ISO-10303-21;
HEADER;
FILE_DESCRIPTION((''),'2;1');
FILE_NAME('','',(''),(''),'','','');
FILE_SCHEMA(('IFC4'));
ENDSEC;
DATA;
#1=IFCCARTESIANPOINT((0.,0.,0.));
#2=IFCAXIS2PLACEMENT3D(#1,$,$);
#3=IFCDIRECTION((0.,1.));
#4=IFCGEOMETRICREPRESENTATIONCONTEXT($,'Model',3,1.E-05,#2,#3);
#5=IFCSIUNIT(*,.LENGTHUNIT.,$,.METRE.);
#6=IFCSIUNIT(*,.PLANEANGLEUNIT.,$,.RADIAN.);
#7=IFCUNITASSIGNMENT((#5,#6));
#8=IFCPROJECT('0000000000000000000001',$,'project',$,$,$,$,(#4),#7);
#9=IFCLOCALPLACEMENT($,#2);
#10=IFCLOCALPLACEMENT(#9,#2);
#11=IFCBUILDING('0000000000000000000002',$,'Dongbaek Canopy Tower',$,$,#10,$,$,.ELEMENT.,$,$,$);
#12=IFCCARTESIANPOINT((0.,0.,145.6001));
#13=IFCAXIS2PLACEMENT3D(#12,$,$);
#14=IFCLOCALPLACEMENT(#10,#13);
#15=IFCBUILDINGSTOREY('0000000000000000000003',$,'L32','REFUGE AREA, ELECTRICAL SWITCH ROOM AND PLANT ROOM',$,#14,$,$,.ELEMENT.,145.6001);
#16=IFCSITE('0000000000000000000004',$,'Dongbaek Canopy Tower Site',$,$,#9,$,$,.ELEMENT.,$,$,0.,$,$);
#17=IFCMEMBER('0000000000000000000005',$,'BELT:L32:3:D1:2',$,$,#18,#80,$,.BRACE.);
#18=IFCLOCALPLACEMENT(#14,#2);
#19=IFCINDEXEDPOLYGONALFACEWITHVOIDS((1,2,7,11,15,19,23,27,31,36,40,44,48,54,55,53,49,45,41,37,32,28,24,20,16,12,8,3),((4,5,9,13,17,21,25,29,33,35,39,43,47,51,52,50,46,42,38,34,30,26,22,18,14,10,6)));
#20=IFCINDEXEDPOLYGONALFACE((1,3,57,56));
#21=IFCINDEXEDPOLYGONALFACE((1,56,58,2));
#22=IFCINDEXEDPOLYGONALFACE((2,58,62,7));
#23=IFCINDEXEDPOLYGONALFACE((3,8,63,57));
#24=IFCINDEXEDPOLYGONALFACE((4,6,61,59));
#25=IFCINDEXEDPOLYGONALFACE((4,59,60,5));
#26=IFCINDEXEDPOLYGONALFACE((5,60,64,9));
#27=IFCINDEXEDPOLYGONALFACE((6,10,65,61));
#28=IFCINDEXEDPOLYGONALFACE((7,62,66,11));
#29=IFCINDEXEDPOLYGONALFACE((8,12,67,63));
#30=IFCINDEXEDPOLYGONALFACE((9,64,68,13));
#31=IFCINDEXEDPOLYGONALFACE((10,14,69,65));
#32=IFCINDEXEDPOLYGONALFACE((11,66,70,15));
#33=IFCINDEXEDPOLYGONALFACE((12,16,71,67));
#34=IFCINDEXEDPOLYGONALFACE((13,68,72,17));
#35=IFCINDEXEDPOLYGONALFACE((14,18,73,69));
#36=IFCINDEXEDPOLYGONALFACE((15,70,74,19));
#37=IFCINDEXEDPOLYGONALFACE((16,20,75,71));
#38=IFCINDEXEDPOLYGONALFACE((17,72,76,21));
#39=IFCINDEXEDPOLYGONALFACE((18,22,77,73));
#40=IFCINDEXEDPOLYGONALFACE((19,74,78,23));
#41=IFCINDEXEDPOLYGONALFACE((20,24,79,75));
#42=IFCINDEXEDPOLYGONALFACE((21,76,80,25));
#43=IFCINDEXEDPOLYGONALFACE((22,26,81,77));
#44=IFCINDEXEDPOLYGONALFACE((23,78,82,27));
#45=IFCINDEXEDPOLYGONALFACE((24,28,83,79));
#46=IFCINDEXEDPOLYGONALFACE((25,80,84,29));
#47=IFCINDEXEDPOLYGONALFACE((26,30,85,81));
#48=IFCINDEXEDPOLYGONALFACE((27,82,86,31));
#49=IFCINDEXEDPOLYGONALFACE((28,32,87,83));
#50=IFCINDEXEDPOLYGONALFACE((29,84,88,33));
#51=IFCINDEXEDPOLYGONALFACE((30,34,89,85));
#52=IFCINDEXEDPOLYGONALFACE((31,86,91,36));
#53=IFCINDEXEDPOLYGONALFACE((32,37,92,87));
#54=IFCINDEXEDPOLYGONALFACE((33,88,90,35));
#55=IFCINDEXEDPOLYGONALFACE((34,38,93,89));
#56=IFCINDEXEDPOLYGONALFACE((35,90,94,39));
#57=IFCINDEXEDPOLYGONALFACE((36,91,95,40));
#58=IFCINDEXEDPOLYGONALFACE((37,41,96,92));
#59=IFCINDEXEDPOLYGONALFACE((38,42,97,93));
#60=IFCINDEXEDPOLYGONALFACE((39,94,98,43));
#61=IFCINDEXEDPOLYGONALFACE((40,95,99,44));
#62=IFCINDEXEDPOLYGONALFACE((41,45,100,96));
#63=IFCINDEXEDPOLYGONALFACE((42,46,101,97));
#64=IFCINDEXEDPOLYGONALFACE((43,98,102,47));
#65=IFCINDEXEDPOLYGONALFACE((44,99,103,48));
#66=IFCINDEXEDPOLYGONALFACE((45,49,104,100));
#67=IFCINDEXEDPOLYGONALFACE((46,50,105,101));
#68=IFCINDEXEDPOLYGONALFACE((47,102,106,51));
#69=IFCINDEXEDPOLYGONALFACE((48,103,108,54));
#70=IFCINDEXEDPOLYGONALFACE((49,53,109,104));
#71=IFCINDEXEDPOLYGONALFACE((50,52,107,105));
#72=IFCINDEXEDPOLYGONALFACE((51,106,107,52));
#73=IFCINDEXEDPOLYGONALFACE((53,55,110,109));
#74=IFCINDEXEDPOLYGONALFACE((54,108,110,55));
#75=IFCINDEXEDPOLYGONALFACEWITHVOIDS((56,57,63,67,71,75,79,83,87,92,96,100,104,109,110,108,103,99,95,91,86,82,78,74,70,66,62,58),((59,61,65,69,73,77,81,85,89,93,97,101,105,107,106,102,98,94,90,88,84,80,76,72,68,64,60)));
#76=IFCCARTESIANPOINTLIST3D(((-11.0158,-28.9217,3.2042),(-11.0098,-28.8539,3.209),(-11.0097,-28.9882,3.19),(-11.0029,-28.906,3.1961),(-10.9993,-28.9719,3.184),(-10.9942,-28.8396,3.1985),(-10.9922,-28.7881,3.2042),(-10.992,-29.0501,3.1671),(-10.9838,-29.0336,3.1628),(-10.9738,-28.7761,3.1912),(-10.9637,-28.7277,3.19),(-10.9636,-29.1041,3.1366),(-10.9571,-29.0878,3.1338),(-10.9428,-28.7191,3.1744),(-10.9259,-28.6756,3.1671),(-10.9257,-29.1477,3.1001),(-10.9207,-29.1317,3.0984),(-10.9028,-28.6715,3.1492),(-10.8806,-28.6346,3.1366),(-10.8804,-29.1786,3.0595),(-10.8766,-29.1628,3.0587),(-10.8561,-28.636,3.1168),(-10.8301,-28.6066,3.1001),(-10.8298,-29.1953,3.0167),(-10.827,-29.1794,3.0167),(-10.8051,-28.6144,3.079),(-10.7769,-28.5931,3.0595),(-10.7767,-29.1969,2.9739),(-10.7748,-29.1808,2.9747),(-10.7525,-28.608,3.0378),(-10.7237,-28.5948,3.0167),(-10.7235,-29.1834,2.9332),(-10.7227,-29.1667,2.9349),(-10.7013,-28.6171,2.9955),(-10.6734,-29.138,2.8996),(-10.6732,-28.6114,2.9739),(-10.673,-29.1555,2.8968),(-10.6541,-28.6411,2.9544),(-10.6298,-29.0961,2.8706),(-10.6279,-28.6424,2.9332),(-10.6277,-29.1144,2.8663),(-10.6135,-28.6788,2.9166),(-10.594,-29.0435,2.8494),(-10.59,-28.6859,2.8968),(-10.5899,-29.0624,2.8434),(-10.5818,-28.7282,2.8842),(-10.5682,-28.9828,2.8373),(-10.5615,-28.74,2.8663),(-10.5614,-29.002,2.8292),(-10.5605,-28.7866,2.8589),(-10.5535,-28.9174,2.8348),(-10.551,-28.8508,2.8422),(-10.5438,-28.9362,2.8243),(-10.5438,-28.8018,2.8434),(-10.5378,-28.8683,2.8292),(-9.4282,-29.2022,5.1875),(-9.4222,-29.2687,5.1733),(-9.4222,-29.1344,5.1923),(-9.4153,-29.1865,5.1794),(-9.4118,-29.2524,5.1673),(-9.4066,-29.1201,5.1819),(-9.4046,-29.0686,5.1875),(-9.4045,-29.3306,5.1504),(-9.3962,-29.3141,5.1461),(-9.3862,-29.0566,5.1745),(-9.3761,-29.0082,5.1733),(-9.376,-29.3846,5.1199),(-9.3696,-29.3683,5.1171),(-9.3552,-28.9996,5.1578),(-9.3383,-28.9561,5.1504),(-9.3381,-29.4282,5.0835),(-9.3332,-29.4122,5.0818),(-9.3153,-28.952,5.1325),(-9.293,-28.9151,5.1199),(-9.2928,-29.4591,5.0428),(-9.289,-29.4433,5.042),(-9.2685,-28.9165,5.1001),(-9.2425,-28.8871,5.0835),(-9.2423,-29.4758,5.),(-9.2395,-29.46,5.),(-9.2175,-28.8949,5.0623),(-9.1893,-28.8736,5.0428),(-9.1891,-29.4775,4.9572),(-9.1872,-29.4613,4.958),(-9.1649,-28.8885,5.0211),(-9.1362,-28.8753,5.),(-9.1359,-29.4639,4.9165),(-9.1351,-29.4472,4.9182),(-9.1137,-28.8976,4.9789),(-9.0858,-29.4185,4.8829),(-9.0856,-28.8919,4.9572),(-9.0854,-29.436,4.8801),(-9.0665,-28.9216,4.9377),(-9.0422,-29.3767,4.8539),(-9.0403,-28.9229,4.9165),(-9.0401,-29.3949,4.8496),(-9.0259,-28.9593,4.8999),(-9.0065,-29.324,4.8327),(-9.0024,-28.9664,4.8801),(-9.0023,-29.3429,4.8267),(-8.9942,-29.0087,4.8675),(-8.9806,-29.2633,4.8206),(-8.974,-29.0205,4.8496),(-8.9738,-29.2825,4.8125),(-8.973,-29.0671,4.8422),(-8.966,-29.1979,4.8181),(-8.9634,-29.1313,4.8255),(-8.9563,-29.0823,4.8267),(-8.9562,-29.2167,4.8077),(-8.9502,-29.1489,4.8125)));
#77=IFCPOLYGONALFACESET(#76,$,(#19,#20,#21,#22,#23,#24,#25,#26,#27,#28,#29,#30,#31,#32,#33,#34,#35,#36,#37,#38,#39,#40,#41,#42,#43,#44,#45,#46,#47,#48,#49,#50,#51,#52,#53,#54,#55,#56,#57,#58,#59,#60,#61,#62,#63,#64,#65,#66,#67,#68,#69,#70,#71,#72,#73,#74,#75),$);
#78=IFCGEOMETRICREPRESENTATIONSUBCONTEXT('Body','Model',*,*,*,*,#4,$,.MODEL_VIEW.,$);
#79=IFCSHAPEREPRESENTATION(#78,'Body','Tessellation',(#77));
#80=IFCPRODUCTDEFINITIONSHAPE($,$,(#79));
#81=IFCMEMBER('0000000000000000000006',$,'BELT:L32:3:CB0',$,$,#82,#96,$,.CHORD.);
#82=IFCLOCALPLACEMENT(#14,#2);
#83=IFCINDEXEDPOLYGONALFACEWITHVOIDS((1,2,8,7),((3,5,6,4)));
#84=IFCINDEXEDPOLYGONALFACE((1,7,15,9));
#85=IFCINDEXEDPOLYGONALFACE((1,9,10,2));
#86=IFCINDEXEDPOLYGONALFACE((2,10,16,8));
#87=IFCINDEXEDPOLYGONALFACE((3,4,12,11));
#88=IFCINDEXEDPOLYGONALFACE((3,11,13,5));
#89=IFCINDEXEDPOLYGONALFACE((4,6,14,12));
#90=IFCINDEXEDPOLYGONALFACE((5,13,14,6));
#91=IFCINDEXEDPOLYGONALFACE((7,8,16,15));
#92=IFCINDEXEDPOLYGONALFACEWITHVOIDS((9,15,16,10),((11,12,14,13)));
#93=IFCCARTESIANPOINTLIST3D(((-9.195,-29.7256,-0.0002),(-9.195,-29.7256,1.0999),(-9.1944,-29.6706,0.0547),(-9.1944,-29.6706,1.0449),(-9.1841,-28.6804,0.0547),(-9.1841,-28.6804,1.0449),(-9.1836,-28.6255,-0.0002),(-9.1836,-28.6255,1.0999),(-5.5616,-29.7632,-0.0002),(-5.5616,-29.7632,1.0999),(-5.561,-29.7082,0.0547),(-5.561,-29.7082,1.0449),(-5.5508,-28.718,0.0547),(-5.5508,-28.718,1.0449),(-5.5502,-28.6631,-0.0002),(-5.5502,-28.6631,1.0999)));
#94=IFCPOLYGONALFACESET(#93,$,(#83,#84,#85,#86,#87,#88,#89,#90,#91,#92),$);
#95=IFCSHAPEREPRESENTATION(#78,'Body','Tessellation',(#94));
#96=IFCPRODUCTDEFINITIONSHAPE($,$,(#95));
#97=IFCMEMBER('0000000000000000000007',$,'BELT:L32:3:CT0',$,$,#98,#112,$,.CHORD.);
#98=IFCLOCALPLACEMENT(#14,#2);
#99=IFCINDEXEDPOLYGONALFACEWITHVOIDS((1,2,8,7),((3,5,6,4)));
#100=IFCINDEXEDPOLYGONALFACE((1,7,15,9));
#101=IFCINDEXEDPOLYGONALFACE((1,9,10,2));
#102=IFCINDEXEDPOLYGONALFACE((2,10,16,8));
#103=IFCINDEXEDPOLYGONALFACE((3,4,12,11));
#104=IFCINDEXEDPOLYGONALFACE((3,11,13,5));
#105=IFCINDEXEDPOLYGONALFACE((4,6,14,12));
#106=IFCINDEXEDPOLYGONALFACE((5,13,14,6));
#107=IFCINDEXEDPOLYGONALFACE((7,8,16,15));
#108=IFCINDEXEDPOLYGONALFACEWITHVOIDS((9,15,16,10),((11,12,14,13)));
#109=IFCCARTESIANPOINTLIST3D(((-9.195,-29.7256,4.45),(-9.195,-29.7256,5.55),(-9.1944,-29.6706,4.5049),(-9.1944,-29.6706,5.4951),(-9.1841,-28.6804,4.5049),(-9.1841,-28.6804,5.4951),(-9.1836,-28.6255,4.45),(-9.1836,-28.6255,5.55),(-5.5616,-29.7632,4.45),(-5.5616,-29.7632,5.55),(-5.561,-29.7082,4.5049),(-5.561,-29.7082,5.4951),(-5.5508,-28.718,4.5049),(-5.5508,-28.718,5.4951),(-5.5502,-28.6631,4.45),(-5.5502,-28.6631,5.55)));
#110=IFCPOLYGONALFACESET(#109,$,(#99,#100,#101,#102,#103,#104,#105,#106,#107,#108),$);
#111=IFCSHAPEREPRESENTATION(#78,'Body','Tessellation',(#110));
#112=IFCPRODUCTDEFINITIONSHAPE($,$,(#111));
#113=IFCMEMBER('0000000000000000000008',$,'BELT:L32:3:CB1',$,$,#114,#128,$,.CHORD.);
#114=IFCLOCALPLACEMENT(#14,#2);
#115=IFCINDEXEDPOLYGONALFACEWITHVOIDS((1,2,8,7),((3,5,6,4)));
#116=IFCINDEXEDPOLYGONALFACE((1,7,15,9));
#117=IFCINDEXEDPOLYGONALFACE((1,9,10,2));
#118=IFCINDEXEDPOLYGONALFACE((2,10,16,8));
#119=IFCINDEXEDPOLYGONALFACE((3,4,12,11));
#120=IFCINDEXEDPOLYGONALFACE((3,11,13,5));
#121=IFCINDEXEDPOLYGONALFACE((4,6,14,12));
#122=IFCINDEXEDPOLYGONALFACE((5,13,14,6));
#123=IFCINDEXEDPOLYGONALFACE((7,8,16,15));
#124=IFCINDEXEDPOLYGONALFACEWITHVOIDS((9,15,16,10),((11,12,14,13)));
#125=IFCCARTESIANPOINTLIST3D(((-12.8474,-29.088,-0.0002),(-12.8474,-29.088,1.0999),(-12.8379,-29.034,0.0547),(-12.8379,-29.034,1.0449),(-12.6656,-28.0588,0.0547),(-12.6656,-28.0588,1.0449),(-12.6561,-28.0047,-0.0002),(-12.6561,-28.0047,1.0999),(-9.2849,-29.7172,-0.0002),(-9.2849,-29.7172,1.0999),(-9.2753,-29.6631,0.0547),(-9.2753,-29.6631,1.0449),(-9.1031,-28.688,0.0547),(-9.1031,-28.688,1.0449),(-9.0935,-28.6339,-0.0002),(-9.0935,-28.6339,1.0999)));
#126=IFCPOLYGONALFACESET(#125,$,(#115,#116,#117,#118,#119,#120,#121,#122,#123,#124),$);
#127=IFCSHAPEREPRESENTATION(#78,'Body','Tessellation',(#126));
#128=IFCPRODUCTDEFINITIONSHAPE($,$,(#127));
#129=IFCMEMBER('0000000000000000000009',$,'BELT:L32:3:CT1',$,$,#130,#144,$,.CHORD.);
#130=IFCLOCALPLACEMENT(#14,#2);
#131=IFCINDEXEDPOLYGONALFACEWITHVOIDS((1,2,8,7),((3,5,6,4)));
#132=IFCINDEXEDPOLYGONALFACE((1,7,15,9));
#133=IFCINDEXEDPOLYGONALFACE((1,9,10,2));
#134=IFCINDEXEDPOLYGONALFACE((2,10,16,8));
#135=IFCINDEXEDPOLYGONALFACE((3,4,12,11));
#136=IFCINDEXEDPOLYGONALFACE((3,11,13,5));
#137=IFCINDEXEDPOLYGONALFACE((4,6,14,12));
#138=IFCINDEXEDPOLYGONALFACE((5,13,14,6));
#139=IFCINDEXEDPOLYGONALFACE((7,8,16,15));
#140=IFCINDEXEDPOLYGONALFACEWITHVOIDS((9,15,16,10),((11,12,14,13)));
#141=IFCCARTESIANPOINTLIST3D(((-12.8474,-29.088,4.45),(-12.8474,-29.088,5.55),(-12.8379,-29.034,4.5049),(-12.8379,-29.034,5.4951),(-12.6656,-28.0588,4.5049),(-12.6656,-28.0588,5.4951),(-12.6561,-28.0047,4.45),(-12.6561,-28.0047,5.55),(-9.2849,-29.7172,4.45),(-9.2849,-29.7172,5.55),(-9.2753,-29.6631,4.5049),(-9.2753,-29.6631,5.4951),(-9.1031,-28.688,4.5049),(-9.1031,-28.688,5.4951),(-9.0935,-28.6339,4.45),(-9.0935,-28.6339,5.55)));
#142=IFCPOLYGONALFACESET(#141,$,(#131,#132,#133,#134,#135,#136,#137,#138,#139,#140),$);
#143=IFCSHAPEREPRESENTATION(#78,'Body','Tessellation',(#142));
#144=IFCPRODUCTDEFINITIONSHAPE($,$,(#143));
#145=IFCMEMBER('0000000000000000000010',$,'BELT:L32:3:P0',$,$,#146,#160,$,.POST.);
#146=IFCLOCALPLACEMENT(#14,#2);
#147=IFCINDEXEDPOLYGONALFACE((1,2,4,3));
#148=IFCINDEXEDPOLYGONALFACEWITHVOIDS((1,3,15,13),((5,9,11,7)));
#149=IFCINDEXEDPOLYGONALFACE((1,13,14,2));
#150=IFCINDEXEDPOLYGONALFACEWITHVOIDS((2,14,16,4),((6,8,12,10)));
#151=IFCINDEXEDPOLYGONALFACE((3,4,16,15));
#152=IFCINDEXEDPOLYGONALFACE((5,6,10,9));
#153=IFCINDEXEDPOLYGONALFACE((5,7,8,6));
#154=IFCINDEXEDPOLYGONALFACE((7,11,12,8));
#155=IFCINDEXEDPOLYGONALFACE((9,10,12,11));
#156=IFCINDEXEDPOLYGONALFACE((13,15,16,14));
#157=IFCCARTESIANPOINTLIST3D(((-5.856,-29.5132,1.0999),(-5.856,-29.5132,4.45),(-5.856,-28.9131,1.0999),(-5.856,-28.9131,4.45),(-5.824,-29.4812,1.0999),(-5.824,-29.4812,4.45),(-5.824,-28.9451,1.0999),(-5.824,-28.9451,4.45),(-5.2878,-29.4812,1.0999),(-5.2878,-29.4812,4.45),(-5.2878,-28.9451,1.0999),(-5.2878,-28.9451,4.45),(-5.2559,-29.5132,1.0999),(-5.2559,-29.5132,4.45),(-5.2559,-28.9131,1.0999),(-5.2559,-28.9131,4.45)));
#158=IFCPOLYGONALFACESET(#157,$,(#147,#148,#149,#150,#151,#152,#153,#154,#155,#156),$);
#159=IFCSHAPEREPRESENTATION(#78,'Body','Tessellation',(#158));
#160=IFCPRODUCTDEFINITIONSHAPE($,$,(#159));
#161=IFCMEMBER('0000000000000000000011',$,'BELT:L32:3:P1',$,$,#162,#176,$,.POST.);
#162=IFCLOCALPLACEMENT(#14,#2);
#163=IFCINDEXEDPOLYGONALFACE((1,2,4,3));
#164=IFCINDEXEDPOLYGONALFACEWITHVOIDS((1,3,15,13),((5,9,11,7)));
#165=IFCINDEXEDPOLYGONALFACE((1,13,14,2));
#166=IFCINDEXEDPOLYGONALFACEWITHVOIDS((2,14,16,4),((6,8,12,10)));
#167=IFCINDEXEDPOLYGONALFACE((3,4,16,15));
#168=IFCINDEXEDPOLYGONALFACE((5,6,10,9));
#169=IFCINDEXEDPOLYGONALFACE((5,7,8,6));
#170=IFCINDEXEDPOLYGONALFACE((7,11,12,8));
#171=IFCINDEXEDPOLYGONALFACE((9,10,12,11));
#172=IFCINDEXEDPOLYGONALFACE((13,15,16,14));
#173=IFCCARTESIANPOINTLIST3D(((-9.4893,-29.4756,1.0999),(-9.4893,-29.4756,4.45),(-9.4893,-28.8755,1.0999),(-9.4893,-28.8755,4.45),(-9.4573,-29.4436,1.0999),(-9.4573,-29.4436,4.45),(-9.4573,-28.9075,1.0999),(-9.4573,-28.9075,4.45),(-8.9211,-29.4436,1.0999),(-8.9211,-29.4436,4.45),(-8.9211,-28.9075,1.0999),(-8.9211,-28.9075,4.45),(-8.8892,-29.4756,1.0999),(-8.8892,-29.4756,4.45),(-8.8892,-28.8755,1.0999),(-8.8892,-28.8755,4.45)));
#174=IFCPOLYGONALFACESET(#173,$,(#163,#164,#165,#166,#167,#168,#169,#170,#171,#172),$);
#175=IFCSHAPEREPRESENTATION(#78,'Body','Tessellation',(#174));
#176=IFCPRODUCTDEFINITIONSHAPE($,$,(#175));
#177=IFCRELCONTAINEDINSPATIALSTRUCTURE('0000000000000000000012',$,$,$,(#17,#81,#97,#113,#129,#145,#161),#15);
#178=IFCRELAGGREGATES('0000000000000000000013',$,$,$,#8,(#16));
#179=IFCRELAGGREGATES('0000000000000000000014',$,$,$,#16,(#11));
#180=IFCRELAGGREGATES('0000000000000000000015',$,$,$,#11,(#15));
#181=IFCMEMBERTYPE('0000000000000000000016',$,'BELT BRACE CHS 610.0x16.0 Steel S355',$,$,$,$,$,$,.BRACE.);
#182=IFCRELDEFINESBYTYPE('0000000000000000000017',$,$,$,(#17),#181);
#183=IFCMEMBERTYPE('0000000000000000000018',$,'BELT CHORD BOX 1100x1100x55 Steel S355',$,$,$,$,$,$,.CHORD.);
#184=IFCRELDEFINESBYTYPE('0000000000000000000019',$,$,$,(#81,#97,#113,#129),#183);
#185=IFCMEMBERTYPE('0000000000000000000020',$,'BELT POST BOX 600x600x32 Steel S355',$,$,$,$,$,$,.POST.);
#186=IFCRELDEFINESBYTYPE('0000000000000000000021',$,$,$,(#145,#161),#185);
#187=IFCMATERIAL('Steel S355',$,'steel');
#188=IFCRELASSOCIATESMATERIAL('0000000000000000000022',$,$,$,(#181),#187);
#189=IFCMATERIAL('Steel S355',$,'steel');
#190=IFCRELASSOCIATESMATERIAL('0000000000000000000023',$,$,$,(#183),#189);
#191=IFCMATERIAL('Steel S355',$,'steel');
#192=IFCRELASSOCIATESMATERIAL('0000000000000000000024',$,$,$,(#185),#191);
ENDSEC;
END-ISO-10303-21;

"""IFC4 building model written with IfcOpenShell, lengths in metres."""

from ifc_helpers import new_model, si_unit, direction, frame, origin, origin_2d, place, context, subcontext, project, spatial, hollow_rectangle, hollow_circle, extrude, material, material_profile, profile_set, type_object, element, save


model = new_model("IFC4")

# Units and contexts
model_context = context("Model", 3, precision=1e-05, world=origin(), true_north=direction((0.0, 1.0)))
body_context = subcontext(model_context, "Body", "Model", "MODEL_VIEW")
ifc_project = project(units=[si_unit("LENGTHUNIT", "METRE"), si_unit("PLANEANGLEUNIT", "RADIAN")], contexts=[model_context])

# Site, building, storey
site_placement = place(None, origin())
site = spatial("IfcSite", under=ifc_project, at=site_placement, Name="Dongbaek Canopy Tower Site", CompositionType="ELEMENT", RefElevation=0.0)
building_placement = place(site_placement, origin())
building = spatial("IfcBuilding", under=site, at=building_placement, Name="Dongbaek Canopy Tower", CompositionType="ELEMENT")
storey_placement = place(building_placement, frame((0.0, 0.0, 145.6001)))
storey = spatial("IfcBuildingStorey", under=building, at=storey_placement, Name="L32", Description="REFUGE AREA, ELECTRICAL SWITCH ROOM AND PLANT ROOM", CompositionType="ELEMENT", Elevation=145.6001)

# Members
ifc_material_1 = material(Name="Steel S355", Category="steel")
ifc_material_profile_1 = material_profile(ifc_material_1, hollow_circle(Radius=0.3049, WallThickness=0.0161, at=origin_2d()), Name="BELT BRACE CHS 610.0x16.0 Steel S355")
ifc_profile_set_1 = profile_set([ifc_material_profile_1], Name="Steel S355")
member_type_1 = type_object("IfcMemberType", Name="BELT BRACE CHS 610.0x16.0 Steel S355", PredefinedType="BRACE", material=ifc_profile_set_1)
member_1_placement = place(storey_placement, frame((-9.1892, -29.1755, 5.0), z_axis=(-0.621143, 0.109748, -0.775975), x_axis=(-0.173993, -0.984747, 0.0)))
element("IfcMember", 1, at=member_1_placement, inside=storey, type_object=member_type_1, Name="BELT:L32:3:D1:2", PredefinedType="BRACE", context=body_context, shape_type="SweptSolid", body=[
    extrude(hollow_circle(Radius=0.3049, WallThickness=0.0161, at=origin_2d()), origin(), (0.0, 0.0, 1.0), 2.5559),
])
ifc_material_2 = material(Name="Steel S355", Category="steel")
ifc_material_profile_2 = material_profile(ifc_material_2, hollow_rectangle(XDim=1.1001, YDim=1.1001, WallThickness=0.0549, at=origin_2d()), Name="BELT CHORD BOX 1100x1100x55 Steel S355")
ifc_profile_set_2 = profile_set([ifc_material_profile_2], Name="Steel S355")
member_type_2 = type_object("IfcMemberType", Name="BELT CHORD BOX 1100x1100x55 Steel S355", PredefinedType="CHORD", material=ifc_profile_set_2)
for number, where, z_axis, x_axis, name in (
    (2, (-5.5559, -29.2131, 0.5498), (-0.999946, 0.010348, 0.0), (-0.010348, -0.999946, 0.0), "BELT:L32:3:CB0"),
    (3, (-5.5559, -29.2131, 5.0), (-0.999946, 0.010348, 0.0), (-0.010348, -0.999946, 0.0), "BELT:L32:3:CT0"),
):
    element("IfcMember", number, at=place(storey_placement, frame(where, z_axis=z_axis, x_axis=x_axis)), inside=storey, type_object=member_type_2, Name=name, PredefinedType="CHORD", context=body_context, shape_type="SweptSolid", body=[
        extrude(hollow_rectangle(XDim=1.1001, YDim=1.1001, WallThickness=0.0549, at=origin_2d()), origin(), (0.0, 0.0, 1.0), 3.6335),
    ])
for number, where, z_axis, x_axis, name in (
    (4, (-9.1892, -29.1755, 0.5498), (-0.984761, 0.173912, 0.0), (-0.173912, -0.984761, 0.0), "BELT:L32:3:CB1"),
    (5, (-9.1892, -29.1755, 5.0), (-0.984761, 0.173912, 0.0), (-0.173912, -0.984761, 0.0), "BELT:L32:3:CT1"),
):
    element("IfcMember", number, at=place(storey_placement, frame(where, z_axis=z_axis, x_axis=x_axis)), inside=storey, type_object=member_type_2, Name=name, PredefinedType="CHORD", context=body_context, shape_type="SweptSolid", body=[
        extrude(hollow_rectangle(XDim=1.1001, YDim=1.1001, WallThickness=0.0549, at=origin_2d()), origin(), (0.0, 0.0, 1.0), 3.6177),
    ])
ifc_material_3 = material(Name="Steel S355", Category="steel")
ifc_material_profile_3 = material_profile(ifc_material_3, hollow_rectangle(XDim=0.6001, YDim=0.6001, WallThickness=0.032, at=origin_2d()), Name="BELT POST BOX 600x600x32 Steel S355")
ifc_profile_set_3 = profile_set([ifc_material_profile_3], Name="Steel S355")
member_type_3 = type_object("IfcMemberType", Name="BELT POST BOX 600x600x32 Steel S355", PredefinedType="POST", material=ifc_profile_set_3)
for number, where, z_axis, x_axis, name in (
    (6, (-5.5559, -29.2131, 1.0999), (0.0, 0.0, 1.0), (1.0, 0.0, 0.0), "BELT:L32:3:P0"),
    (7, (-9.1892, -29.1755, 1.0999), (0.0, 0.0, 1.0), (1.0, 0.0, 0.0), "BELT:L32:3:P1"),
):
    element("IfcMember", number, at=place(storey_placement, frame(where, z_axis=z_axis, x_axis=x_axis)), inside=storey, type_object=member_type_3, Name=name, PredefinedType="POST", context=body_context, shape_type="SweptSolid", body=[
        extrude(hollow_rectangle(XDim=0.6001, YDim=0.6001, WallThickness=0.032, at=origin_2d()), origin(), (0.0, 0.0, 1.0), 3.3501),
    ])

save(model, "model.ifc")
